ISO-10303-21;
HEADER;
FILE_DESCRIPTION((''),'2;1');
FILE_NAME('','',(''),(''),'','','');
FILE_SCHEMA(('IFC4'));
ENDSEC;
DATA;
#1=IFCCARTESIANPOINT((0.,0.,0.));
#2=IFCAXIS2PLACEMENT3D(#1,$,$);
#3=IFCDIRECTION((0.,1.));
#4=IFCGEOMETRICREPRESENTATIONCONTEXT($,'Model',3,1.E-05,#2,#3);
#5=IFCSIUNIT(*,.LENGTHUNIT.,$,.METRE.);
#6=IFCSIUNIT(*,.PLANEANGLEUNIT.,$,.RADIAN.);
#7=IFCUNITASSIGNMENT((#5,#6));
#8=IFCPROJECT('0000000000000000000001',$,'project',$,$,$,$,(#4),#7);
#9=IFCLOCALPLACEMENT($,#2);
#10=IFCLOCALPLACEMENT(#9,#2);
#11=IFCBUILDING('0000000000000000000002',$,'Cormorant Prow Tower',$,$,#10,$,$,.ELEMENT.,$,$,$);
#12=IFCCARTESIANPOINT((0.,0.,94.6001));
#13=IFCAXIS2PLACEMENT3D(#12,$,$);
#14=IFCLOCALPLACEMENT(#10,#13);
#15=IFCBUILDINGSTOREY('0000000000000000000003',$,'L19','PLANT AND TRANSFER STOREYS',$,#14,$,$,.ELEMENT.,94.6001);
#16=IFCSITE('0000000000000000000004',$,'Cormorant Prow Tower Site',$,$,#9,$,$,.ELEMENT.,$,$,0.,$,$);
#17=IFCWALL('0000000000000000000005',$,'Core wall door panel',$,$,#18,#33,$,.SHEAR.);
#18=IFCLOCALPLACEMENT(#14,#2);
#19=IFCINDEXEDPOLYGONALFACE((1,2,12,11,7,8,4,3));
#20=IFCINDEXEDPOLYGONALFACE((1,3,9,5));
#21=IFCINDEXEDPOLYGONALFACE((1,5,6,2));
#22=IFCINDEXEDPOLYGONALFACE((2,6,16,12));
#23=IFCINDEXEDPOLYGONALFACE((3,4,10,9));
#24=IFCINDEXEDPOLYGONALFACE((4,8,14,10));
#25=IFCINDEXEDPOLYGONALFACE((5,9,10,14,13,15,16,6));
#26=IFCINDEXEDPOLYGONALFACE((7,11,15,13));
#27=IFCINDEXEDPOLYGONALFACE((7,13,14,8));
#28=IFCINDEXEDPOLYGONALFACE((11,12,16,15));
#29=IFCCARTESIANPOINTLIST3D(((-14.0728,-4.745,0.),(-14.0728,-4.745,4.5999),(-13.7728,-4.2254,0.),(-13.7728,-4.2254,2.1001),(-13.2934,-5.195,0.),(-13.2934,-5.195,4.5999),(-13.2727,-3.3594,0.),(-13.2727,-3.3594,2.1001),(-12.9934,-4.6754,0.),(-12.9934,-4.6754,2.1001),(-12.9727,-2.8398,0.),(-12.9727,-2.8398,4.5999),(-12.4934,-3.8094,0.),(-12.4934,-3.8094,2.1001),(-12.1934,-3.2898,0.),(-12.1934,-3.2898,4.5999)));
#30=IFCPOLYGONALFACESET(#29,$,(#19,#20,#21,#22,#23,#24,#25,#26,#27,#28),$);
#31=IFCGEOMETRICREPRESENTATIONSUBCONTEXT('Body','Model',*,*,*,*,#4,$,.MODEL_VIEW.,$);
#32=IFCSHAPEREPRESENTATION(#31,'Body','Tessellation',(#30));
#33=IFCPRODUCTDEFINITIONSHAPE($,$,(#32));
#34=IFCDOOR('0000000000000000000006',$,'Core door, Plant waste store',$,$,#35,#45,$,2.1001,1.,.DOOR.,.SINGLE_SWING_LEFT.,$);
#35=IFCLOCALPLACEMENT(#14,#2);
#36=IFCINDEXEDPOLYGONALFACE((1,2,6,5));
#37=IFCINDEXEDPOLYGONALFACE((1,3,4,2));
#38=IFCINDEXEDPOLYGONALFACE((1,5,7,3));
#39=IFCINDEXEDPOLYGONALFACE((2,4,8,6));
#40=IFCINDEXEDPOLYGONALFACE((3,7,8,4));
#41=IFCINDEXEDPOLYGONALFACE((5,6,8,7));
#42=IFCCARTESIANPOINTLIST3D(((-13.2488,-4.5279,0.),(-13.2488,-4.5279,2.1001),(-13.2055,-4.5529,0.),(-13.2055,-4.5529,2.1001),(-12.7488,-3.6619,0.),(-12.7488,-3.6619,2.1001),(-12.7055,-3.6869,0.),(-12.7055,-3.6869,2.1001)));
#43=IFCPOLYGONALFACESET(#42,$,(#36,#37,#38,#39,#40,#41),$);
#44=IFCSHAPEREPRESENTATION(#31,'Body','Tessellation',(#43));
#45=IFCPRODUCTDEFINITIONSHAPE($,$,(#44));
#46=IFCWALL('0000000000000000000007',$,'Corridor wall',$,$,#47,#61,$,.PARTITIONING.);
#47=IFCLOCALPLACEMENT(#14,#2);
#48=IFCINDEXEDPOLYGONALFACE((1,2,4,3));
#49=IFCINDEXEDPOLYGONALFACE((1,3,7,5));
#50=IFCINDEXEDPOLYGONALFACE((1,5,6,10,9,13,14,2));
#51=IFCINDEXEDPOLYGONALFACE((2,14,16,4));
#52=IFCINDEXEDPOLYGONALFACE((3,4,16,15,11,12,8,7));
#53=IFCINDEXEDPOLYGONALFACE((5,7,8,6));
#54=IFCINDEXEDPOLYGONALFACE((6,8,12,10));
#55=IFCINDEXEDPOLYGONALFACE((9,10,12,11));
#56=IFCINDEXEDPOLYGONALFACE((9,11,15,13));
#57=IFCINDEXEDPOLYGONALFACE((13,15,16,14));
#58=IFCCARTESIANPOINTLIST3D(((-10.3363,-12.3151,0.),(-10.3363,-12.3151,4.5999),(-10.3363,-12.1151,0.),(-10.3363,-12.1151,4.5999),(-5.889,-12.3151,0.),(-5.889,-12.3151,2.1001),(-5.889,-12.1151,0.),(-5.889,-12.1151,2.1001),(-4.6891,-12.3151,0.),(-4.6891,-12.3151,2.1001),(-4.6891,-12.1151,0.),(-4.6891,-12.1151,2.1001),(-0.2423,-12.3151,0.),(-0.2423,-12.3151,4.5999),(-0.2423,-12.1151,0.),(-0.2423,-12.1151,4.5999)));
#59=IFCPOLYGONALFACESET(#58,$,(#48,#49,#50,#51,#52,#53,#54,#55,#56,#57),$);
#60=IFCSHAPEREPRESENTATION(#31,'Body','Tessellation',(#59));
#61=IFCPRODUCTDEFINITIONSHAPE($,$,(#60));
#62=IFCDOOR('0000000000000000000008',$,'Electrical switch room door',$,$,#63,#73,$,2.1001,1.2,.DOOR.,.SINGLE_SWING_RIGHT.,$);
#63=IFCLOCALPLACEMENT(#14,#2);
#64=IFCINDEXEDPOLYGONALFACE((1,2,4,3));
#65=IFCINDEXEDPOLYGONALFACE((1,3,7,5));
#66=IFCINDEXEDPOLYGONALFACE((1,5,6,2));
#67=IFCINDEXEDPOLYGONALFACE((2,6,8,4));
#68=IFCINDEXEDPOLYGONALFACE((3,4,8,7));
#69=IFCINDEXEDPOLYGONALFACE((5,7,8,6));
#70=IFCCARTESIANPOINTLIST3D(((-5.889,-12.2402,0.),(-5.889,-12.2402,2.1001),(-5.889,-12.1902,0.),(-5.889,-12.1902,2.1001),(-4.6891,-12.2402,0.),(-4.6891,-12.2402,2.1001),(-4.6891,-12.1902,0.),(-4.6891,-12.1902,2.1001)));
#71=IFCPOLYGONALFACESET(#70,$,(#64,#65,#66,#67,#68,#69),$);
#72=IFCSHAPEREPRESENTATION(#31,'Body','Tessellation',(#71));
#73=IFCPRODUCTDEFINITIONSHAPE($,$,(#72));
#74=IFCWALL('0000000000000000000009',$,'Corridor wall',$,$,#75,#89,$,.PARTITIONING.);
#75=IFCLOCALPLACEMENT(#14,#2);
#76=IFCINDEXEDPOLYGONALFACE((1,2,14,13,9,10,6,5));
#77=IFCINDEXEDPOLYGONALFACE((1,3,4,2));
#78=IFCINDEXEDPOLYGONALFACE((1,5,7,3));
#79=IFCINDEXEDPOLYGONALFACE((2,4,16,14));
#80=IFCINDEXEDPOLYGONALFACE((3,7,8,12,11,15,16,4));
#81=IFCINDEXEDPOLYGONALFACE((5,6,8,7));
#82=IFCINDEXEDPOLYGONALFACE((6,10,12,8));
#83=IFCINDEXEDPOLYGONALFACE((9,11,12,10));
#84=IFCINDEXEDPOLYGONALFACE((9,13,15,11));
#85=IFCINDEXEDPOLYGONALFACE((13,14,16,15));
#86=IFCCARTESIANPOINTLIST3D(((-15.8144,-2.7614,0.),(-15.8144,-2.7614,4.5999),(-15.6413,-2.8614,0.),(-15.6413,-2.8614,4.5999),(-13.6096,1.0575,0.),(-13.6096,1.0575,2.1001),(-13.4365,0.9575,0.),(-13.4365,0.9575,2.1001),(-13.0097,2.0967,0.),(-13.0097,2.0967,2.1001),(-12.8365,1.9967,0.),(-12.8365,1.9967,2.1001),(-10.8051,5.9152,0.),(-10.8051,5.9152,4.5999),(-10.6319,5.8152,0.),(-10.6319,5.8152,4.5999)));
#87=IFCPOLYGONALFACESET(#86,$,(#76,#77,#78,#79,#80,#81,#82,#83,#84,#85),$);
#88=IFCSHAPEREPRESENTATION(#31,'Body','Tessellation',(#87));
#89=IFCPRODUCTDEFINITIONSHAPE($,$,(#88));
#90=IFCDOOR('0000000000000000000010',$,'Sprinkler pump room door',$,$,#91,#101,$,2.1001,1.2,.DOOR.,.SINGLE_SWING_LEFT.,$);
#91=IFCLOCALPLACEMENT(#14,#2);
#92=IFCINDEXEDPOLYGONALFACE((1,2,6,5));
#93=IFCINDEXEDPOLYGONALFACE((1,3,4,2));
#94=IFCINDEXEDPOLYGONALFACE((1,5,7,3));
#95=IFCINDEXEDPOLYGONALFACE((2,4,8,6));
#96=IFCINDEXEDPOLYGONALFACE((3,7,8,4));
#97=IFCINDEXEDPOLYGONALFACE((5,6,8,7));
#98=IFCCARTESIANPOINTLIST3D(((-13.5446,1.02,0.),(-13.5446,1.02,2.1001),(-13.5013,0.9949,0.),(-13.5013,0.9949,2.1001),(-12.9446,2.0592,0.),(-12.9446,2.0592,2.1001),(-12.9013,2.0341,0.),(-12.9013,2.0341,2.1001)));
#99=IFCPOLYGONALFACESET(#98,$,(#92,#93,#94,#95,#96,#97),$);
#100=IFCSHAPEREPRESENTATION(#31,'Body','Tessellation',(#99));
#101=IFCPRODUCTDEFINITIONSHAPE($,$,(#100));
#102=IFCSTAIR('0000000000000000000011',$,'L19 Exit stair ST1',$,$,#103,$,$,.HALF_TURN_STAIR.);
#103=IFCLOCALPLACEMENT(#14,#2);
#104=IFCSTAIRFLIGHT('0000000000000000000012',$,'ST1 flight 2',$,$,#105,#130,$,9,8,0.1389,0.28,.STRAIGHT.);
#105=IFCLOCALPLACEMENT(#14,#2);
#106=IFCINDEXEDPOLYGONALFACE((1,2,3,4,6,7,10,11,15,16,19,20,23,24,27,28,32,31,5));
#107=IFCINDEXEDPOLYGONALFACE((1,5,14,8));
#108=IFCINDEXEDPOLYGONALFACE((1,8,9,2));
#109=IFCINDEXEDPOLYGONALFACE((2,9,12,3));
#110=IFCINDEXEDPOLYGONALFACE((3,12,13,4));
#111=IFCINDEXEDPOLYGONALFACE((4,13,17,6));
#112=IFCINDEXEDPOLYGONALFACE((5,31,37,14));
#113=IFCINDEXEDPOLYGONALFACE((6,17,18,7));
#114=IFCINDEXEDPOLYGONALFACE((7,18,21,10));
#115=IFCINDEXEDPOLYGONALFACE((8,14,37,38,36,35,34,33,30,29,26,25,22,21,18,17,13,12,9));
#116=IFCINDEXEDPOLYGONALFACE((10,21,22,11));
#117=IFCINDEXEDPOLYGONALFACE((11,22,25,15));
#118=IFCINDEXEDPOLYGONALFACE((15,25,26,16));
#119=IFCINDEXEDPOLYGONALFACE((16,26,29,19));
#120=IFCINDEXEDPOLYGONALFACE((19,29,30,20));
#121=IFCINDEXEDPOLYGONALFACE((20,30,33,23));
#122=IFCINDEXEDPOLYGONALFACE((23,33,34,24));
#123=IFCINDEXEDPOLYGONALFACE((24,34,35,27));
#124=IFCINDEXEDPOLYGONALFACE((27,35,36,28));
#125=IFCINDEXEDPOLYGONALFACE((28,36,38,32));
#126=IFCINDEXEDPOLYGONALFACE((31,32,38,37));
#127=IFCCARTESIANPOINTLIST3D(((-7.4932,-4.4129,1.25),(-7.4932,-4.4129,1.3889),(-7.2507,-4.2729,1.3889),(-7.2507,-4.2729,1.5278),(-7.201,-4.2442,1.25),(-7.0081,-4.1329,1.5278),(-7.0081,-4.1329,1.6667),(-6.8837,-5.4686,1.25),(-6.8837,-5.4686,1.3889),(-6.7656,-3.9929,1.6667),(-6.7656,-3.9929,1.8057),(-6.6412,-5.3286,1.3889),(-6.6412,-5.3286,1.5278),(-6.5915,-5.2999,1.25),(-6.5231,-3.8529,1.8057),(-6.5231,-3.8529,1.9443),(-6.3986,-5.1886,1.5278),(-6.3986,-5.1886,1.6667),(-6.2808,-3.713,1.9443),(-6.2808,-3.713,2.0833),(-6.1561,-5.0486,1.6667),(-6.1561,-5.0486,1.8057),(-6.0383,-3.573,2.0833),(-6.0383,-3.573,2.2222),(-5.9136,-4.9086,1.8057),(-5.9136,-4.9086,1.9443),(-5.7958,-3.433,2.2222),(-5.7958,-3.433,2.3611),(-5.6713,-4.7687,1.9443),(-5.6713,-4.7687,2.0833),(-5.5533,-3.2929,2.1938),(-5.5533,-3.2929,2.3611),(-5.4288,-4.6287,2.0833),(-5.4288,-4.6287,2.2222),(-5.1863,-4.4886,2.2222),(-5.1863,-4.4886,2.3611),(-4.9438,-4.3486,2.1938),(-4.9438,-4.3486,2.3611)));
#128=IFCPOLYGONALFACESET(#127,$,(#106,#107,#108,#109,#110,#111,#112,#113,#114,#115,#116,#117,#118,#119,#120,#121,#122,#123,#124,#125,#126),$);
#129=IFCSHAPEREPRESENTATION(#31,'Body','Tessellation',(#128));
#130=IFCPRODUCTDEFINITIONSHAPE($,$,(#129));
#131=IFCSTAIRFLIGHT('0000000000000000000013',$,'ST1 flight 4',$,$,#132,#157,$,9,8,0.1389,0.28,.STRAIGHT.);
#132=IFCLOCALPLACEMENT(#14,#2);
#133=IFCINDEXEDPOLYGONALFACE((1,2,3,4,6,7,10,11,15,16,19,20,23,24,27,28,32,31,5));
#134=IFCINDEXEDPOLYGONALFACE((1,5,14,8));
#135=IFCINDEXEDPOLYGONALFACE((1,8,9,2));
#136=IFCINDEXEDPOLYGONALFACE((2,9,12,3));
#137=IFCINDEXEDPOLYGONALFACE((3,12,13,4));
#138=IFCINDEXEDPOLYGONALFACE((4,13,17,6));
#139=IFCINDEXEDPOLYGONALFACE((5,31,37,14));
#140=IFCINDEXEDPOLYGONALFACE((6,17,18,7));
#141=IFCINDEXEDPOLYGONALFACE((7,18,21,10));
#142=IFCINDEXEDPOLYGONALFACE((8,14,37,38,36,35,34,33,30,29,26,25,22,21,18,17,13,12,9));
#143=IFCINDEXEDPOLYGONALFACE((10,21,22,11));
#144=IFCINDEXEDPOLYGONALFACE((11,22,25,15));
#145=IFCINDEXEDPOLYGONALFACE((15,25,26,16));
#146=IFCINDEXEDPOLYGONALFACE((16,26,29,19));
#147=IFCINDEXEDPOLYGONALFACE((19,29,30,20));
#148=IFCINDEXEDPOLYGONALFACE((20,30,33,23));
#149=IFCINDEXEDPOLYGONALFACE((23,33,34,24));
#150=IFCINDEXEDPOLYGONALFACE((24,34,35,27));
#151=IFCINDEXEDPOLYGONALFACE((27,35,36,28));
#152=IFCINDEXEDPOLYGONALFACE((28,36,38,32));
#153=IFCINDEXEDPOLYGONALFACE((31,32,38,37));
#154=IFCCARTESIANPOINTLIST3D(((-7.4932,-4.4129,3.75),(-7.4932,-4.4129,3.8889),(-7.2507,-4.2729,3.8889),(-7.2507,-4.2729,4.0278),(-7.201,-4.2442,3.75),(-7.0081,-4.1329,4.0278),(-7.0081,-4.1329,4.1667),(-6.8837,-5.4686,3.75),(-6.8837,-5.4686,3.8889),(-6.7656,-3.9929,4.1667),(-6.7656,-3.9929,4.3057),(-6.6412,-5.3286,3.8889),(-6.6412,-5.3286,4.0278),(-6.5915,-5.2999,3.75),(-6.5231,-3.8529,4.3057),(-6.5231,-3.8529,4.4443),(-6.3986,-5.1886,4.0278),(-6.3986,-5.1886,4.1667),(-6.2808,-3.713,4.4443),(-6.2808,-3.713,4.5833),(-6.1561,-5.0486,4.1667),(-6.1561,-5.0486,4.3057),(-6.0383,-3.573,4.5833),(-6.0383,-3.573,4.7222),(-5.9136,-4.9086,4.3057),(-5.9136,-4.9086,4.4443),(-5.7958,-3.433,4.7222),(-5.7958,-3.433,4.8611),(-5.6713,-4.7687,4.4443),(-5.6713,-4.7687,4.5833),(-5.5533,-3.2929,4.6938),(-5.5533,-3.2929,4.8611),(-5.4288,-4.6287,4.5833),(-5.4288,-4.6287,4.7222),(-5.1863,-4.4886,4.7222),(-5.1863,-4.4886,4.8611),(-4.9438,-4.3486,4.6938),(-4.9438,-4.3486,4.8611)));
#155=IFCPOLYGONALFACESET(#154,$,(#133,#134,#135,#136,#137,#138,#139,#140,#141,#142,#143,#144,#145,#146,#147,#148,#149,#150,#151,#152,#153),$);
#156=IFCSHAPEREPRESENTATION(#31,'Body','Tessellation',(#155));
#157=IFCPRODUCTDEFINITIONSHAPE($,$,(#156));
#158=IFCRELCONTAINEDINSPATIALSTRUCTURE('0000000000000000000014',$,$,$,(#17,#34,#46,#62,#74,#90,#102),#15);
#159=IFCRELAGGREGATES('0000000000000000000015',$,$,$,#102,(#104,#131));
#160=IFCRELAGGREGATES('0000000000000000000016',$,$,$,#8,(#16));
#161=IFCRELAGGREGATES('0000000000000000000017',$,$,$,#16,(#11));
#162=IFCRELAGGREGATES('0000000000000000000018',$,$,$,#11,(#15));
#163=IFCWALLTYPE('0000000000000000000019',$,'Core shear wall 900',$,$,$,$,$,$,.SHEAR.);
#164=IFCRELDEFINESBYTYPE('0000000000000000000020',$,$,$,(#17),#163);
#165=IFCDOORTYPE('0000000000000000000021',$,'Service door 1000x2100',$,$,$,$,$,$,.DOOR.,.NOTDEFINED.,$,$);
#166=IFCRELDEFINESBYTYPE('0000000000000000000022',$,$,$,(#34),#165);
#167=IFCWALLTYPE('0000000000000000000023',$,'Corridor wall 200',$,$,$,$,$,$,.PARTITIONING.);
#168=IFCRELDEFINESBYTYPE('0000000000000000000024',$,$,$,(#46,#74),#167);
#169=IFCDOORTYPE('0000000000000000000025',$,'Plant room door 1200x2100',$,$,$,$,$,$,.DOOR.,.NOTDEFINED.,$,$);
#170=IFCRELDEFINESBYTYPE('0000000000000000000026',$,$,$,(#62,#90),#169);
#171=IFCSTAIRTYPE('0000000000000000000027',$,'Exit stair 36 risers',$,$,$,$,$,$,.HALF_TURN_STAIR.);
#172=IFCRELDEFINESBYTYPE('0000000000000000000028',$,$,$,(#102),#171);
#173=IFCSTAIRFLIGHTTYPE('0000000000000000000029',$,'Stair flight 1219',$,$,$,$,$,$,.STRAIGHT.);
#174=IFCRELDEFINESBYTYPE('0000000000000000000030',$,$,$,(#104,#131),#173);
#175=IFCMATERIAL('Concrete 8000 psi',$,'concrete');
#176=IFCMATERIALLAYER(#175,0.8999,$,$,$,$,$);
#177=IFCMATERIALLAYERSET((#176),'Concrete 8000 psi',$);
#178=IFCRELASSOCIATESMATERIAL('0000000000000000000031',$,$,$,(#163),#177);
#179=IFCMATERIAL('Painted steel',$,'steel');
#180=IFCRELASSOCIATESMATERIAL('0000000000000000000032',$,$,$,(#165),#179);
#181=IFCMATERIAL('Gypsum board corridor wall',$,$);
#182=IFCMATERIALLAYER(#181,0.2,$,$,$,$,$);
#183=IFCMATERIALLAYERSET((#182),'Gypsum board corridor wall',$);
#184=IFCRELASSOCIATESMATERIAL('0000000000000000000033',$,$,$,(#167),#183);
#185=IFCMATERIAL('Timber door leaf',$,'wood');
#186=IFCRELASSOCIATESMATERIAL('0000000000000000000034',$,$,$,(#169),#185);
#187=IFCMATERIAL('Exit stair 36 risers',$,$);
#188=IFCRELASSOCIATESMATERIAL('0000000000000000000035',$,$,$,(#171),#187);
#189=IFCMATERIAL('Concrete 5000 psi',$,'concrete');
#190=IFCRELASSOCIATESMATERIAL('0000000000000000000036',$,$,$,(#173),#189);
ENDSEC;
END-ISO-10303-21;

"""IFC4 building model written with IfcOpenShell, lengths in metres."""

from ifc_helpers import new_model, si_unit, direction, frame, frame_2d, origin, place, context, subcontext, project, spatial, polyline, rectangle, outline, extrude, material, layer, layer_set, type_object, element, fill, aggregate, save


model = new_model("IFC4")

# Units and contexts
model_context = context("Model", 3, precision=1e-05, world=origin(), true_north=direction((0.0, 1.0)))
body_context = subcontext(model_context, "Body", "Model", "MODEL_VIEW")
ifc_project = project(units=[si_unit("LENGTHUNIT", "METRE"), si_unit("PLANEANGLEUNIT", "RADIAN")], contexts=[model_context])

# Site, building, storey
site_placement = place(None, origin())
site = spatial("IfcSite", under=ifc_project, at=site_placement, Name="Cormorant Prow Tower Site", CompositionType="ELEMENT", RefElevation=0.0)
building_placement = place(site_placement, origin())
building = spatial("IfcBuilding", under=site, at=building_placement, Name="Cormorant Prow Tower", CompositionType="ELEMENT")
storey_placement = place(building_placement, frame((0.0, 0.0, 94.6001)))
storey = spatial("IfcBuildingStorey", under=building, at=storey_placement, Name="L19", Description="PLANT AND TRANSFER STOREYS", CompositionType="ELEMENT", Elevation=94.6001)

# Shared definitions
ifc_material_1 = material(Name="Concrete 8000 psi", Category="concrete")
ifc_layer_1 = layer(ifc_material_1, 0.8999)
ifc_layer_set_1 = layer_set([ifc_layer_1], Name="Concrete 8000 psi")
wall_type_1 = type_object("IfcWallType", Name="Core shear wall 900", PredefinedType="SHEAR", material=ifc_layer_set_1)

# Walls, openings, doors
wall_1_placement = place(storey_placement, frame((-12.583, -3.0647, 0.0), z_axis=(0.0, 0.0, 1.0), x_axis=(-0.50003, -0.866008, 0.0)))
wall_1 = element("IfcWall", 1, at=wall_1_placement, inside=storey, type_object=wall_type_1, Name="Core wall door panel", PredefinedType="SHEAR", context=body_context, shape_type="SweptSolid", body=[
    extrude(rectangle(XDim=2.2, YDim=0.8999, at=frame_2d((1.1001, 0.0))), origin(), (0.0, 0.0, 1.0), 4.5999),
])
opening_1_placement = place(wall_1_placement, frame((0.6001, 0.0, 0.0)))
opening_1 = element("IfcOpeningElement", 2, at=opening_1_placement, cuts=wall_1, PredefinedType="OPENING", context=body_context, shape_type="SweptSolid", body=[
    extrude(rectangle(XDim=1.0, YDim=2.1001, at=frame_2d((0.5, 1.05))), frame((0.0, 0.46, 0.0), z_axis=(0.0, -1.0, 0.0), x_axis=(1.0, 0.0, 0.0)), (0.0, 0.0, 1.0), 0.9199),
])
ifc_material_2 = material(Name="Painted steel", Category="steel")
door_type_1 = type_object("IfcDoorType", Name="Service door 1000x2100", OperationType="NOTDEFINED", PredefinedType="DOOR", material=ifc_material_2)
door_1_placement = place(opening_1_placement, origin())
door_1 = element("IfcDoor", 3, at=door_1_placement, inside=storey, type_object=door_type_1, Name="Core door, Plant waste store", OperationType="SINGLE_SWING_LEFT", OverallHeight=2.1001, OverallWidth=1.0, PredefinedType="DOOR", context=body_context, shape_type="SweptSolid", body=[
    extrude(rectangle(XDim=1.0, YDim=2.1001, at=frame_2d((0.5, 1.05))), frame((0.0, 0.2051, 0.0), z_axis=(0.0, -1.0, 0.0), x_axis=(1.0, 0.0, 0.0)), (0.0, 0.0, 1.0), 0.05),
])
fill(opening_1, door_1)
ifc_material_3 = material(Name="Gypsum board corridor wall")
ifc_layer_2 = layer(ifc_material_3, 0.2)
ifc_layer_set_2 = layer_set([ifc_layer_2], Name="Gypsum board corridor wall")
wall_type_2 = type_object("IfcWallType", Name="Corridor wall 200", PredefinedType="PARTITIONING", material=ifc_layer_set_2)
wall_2_placement = place(storey_placement, frame((-10.3362, -12.2151, 0.0), z_axis=(0.0, 0.0, 1.0), x_axis=(1.0, 0.0, 0.0)))
wall_2 = element("IfcWall", 4, at=wall_2_placement, inside=storey, type_object=wall_type_2, Name="Corridor wall", PredefinedType="PARTITIONING", context=body_context, shape_type="SweptSolid", body=[
    extrude(rectangle(XDim=10.094, YDim=0.2, at=frame_2d((5.0469, 0.0))), origin(), (0.0, 0.0, 1.0), 4.5999),
])
opening_2_placement = place(wall_2_placement, frame((4.447, 0.0, 0.0)))
opening_2 = element("IfcOpeningElement", 5, at=opening_2_placement, cuts=wall_2, PredefinedType="OPENING", context=body_context, shape_type="SweptSolid", body=[
    extrude(rectangle(XDim=1.2, YDim=2.1001, at=frame_2d((0.6001, 1.05))), frame((0.0, 0.1099, 0.0), z_axis=(0.0, -1.0, 0.0), x_axis=(1.0, 0.0, 0.0)), (0.0, 0.0, 1.0), 0.22),
])
ifc_material_4 = material(Name="Timber door leaf", Category="wood")
door_type_2 = type_object("IfcDoorType", Name="Plant room door 1200x2100", OperationType="NOTDEFINED", PredefinedType="DOOR", material=ifc_material_4)
door_2_placement = place(opening_2_placement, origin())
door_2 = element("IfcDoor", 6, at=door_2_placement, inside=storey, type_object=door_type_2, Name="Electrical switch room door", OperationType="SINGLE_SWING_RIGHT", OverallHeight=2.1001, OverallWidth=1.2, PredefinedType="DOOR", context=body_context, shape_type="SweptSolid", body=[
    extrude(rectangle(XDim=1.2, YDim=2.1001, at=frame_2d((0.6001, 1.05))), frame((0.0, 0.0249, 0.0), z_axis=(0.0, -1.0, 0.0), x_axis=(1.0, 0.0, 0.0)), (0.0, 0.0, 1.0), 0.05),
])
fill(opening_2, door_2)
wall_3_placement = place(storey_placement, frame((-15.7278, -2.8113, 0.0), z_axis=(0.0, 0.0, 1.0), x_axis=(0.499992, 0.86603, 0.0)))
wall_3 = element("IfcWall", 7, at=wall_3_placement, inside=storey, type_object=wall_type_2, Name="Corridor wall", PredefinedType="PARTITIONING", context=body_context, shape_type="SweptSolid", body=[
    extrude(rectangle(XDim=10.0188, YDim=0.2, at=frame_2d((5.0093, 0.0))), origin(), (0.0, 0.0, 1.0), 4.5999),
])
opening_3_placement = place(wall_3_placement, frame((4.4094, 0.0, 0.0)))
opening_3 = element("IfcOpeningElement", 8, at=opening_3_placement, cuts=wall_3, PredefinedType="OPENING", context=body_context, shape_type="SweptSolid", body=[
    extrude(rectangle(XDim=1.2, YDim=2.1001, at=frame_2d((0.6001, 1.05))), frame((0.0, 0.1099, 0.0), z_axis=(0.0, -1.0, 0.0), x_axis=(1.0, 0.0, 0.0)), (0.0, 0.0, 1.0), 0.22),
])
door_3_placement = place(opening_3_placement, origin())
door_3 = element("IfcDoor", 9, at=door_3_placement, inside=storey, type_object=door_type_2, Name="Sprinkler pump room door", OperationType="SINGLE_SWING_LEFT", OverallHeight=2.1001, OverallWidth=1.2, PredefinedType="DOOR", context=body_context, shape_type="SweptSolid", body=[
    extrude(rectangle(XDim=1.2, YDim=2.1001, at=frame_2d((0.6001, 1.05))), frame((0.0, 0.0249, 0.0), z_axis=(0.0, -1.0, 0.0), x_axis=(1.0, 0.0, 0.0)), (0.0, 0.0, 1.0), 0.05),
])
fill(opening_3, door_3)

# Stair, stair flights
ifc_material_5 = material(Name="Exit stair 36 risers")
stair_type = type_object("IfcStairType", Name="Exit stair 36 risers", PredefinedType="HALF_TURN_STAIR", material=ifc_material_5)
stair_placement = place(storey_placement, origin())
stair = element("IfcStair", 10, at=stair_placement, inside=storey, type_object=stair_type, Name="L19 Exit stair ST1", PredefinedType="HALF_TURN_STAIR")
ifc_material_6 = material(Name="Concrete 5000 psi", Category="concrete")
stair_flight_type = type_object("IfcStairFlightType", Name="Stair flight 1219", PredefinedType="STRAIGHT", material=ifc_material_6)
stair_flight_1_placement = place(storey_placement, frame((-7.1885, -4.9407, 1.25), z_axis=(0.0, 0.0, 1.0), x_axis=(0.866025, 0.5, 0.0)))
stair_flight_1 = element("IfcStairFlight", 11, at=stair_flight_1_placement, type_object=stair_flight_type, Name="ST1 flight 2", NumberOfRisers=9, NumberOfTreads=8, PredefinedType="STRAIGHT", RiserHeight=0.1389, TreadLength=0.28, context=body_context, shape_type="SweptSolid", body=[
    extrude(outline(polyline([(0.0, 0.0), (0.0, 0.1389), (0.28, 0.1389), (0.28, 0.2778), (0.5601, 0.2778), (0.5601, 0.4167), (0.8401, 0.4167), (0.8401, 0.5557), (1.1201, 0.5557), (1.1201, 0.6943), (1.3999, 0.6943), (1.3999, 0.8333), (1.6799, 0.8333), (1.6799, 0.9722), (1.96, 0.9722), (1.96, 1.1111), (2.24, 1.1111), (2.24, 1.25), (2.24, 0.9438), (0.3374, 0.0), (0.0, 0.0)])), frame((0.0, 0.6094, 0.0), z_axis=(0.0, -1.0, 0.0), x_axis=(1.0, 0.0, 0.0)), (0.0, 0.0, 1.0), 1.219),
])
stair_flight_2_placement = place(storey_placement, frame((-7.1885, -4.9407, 3.75), z_axis=(0.0, 0.0, 1.0), x_axis=(0.866025, 0.5, 0.0)))
stair_flight_2 = element("IfcStairFlight", 12, at=stair_flight_2_placement, type_object=stair_flight_type, Name="ST1 flight 4", NumberOfRisers=9, NumberOfTreads=8, PredefinedType="STRAIGHT", RiserHeight=0.1389, TreadLength=0.28, context=body_context, shape_type="SweptSolid", body=[
    extrude(outline(polyline([(0.0, 0.0), (0.0, 0.1389), (0.28, 0.1389), (0.28, 0.2778), (0.5601, 0.2778), (0.5601, 0.4167), (0.8401, 0.4167), (0.8401, 0.5557), (1.1201, 0.5557), (1.1201, 0.6943), (1.3999, 0.6943), (1.3999, 0.8333), (1.6799, 0.8333), (1.6799, 0.9722), (1.96, 0.9722), (1.96, 1.1111), (2.24, 1.1111), (2.24, 1.25), (2.24, 0.9438), (0.3374, 0.0), (0.0, 0.0)])), frame((0.0, 0.6094, 0.0), z_axis=(0.0, -1.0, 0.0), x_axis=(1.0, 0.0, 0.0)), (0.0, 0.0, 1.0), 1.219),
])
aggregate(stair, [stair_flight_1, stair_flight_2])

save(model, "model.ifc")
